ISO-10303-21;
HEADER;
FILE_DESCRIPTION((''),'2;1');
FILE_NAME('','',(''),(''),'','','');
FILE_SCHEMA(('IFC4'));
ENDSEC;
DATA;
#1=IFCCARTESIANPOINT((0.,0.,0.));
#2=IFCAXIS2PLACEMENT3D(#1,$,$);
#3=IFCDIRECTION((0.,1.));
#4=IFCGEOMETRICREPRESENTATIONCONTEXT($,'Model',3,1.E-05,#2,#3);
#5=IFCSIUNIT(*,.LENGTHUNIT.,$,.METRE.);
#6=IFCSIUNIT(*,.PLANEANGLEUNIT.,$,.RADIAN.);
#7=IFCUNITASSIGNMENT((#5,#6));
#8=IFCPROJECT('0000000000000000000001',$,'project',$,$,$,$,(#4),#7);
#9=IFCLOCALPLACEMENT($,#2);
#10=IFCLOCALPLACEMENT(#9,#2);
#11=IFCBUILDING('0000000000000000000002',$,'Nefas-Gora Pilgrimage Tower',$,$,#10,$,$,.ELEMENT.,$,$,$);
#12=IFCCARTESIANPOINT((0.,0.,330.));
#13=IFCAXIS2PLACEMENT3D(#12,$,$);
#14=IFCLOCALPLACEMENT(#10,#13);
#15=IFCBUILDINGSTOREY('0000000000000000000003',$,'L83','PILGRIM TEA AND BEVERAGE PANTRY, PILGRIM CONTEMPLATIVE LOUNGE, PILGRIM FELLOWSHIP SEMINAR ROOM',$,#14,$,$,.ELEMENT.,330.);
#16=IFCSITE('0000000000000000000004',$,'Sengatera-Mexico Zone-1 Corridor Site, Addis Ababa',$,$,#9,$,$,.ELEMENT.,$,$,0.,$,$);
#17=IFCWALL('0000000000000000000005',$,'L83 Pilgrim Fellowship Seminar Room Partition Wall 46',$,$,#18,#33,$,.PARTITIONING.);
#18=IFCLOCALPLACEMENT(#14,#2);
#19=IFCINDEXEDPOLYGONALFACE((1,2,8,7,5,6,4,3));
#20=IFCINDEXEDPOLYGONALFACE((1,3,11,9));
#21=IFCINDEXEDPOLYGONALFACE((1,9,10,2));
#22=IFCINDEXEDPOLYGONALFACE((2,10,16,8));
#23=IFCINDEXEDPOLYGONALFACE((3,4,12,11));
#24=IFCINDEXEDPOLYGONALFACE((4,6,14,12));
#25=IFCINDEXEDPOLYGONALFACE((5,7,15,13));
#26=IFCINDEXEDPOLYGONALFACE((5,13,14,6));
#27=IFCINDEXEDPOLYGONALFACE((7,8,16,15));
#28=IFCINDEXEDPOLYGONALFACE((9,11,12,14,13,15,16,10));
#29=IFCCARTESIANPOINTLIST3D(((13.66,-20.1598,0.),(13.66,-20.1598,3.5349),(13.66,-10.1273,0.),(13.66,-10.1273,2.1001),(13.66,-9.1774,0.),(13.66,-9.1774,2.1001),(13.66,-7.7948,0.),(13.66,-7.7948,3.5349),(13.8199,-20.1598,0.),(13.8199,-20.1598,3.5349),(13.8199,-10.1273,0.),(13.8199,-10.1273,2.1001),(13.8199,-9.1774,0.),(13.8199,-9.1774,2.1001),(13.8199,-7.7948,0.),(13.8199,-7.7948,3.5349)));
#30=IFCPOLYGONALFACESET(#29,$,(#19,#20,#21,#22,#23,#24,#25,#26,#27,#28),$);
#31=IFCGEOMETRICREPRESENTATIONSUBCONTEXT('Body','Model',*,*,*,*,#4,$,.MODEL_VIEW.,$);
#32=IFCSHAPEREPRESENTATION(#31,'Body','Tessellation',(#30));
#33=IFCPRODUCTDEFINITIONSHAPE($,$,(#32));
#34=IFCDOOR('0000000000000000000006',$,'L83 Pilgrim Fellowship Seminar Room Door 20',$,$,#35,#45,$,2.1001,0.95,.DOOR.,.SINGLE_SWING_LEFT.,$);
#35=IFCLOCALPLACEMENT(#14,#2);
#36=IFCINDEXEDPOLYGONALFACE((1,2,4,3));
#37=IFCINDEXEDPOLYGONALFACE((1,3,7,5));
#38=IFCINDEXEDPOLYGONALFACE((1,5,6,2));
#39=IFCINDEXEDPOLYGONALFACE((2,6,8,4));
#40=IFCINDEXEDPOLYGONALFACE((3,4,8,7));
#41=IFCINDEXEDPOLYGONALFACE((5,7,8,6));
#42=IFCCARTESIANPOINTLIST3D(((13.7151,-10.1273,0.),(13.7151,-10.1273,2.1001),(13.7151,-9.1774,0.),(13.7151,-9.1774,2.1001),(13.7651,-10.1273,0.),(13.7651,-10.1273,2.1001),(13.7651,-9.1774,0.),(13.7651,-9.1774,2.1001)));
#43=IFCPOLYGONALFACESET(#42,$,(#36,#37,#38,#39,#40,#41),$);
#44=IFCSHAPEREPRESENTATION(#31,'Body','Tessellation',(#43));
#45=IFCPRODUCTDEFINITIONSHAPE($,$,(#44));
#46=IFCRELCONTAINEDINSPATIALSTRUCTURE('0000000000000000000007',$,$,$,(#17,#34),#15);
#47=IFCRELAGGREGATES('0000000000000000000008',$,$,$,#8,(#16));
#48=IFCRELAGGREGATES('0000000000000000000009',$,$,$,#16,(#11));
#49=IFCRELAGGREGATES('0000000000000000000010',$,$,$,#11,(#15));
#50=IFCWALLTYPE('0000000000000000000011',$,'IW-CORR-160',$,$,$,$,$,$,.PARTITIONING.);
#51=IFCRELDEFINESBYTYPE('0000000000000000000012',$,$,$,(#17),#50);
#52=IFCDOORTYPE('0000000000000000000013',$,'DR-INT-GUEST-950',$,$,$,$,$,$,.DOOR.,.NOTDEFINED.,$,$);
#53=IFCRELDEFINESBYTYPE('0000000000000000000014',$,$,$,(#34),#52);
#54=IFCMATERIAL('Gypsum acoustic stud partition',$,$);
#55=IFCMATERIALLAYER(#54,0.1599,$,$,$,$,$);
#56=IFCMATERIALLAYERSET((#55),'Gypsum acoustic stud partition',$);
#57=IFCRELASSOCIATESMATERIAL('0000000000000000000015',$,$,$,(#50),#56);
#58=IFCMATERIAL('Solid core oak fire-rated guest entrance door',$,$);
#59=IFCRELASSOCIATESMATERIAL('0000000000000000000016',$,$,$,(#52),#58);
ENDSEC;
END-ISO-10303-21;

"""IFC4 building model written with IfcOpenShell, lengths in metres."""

from ifc_helpers import new_model, si_unit, direction, frame, frame_2d, origin, place, context, subcontext, project, spatial, rectangle, extrude, source, transform, mapped, material, layer, layer_set, type_object, element, fill, save


model = new_model("IFC4")

# Units and contexts
model_context = context("Model", 3, precision=1e-05, world=origin(), true_north=direction((0.0, 1.0)))
body_context = subcontext(model_context, "Body", "Model", "MODEL_VIEW")
ifc_project = project(units=[si_unit("LENGTHUNIT", "METRE"), si_unit("PLANEANGLEUNIT", "RADIAN")], contexts=[model_context])

# Site, building, storey
site_placement = place(None, origin())
site = spatial("IfcSite", under=ifc_project, at=site_placement, Name="Sengatera-Mexico Zone-1 Corridor Site, Addis Ababa", CompositionType="ELEMENT", RefElevation=0.0)
building_placement = place(site_placement, origin())
building = spatial("IfcBuilding", under=site, at=building_placement, Name="Nefas-Gora Pilgrimage Tower", CompositionType="ELEMENT")
storey_placement = place(building_placement, frame((0.0, 0.0, 330.0)))
storey = spatial("IfcBuildingStorey", under=building, at=storey_placement, Name="L83", Description="PILGRIM TEA AND BEVERAGE PANTRY, PILGRIM CONTEMPLATIVE LOUNGE, PILGRIM FELLOWSHIP SEMINAR ROOM", CompositionType="ELEMENT", Elevation=330.0)

# Wall, opening, door
ifc_material_1 = material(Name="Gypsum acoustic stud partition")
ifc_layer_1 = layer(ifc_material_1, 0.1599)
ifc_layer_set_1 = layer_set([ifc_layer_1], Name="Gypsum acoustic stud partition")
wall_type_1 = type_object("IfcWallType", Name="IW-CORR-160", PredefinedType="PARTITIONING", material=ifc_layer_set_1)
shared_shape_1 = source(origin(), body_context, "Body", "SweptSolid", [
    extrude(rectangle(XDim=12.365, YDim=0.1599, at=frame_2d((6.1826, 0.0))), origin(), (0.0, 0.0, 1.0), 3.5349),
])
wall_1_placement = place(storey_placement, frame((13.74, -20.1599, 0.0), z_axis=(0.0, 0.0, 1.0), x_axis=(0.0, 1.0, 0.0)))
wall_1 = element("IfcWall", 1, at=wall_1_placement, inside=storey, type_object=wall_type_1, Name="L83 Pilgrim Fellowship Seminar Room Partition Wall 46", PredefinedType="PARTITIONING", context=body_context, shape_type="MappedRepresentation", body=[
    mapped(shared_shape_1, transform((0.0, 0.0, 0.0), x_axis=(1.0, 0.0, 0.0), y_axis=(0.0, 1.0, 0.0), z_axis=(0.0, 0.0, 1.0), scale=1.0)),
])
opening_1_placement = place(wall_1_placement, frame((10.0325, 0.0, 0.0)))
opening_1 = element("IfcOpeningElement", 2, at=opening_1_placement, cuts=wall_1, PredefinedType="OPENING", context=body_context, shape_type="SweptSolid", body=[
    extrude(rectangle(XDim=0.95, YDim=2.1001, at=frame_2d((0.4751, 1.05))), frame((0.0, 0.0898, 0.0), z_axis=(0.0, -1.0, 0.0), x_axis=(1.0, 0.0, 0.0)), (0.0, 0.0, 1.0), 0.1799),
])
ifc_material_2 = material(Name="Solid core oak fire-rated guest entrance door")
door_type = type_object("IfcDoorType", Name="DR-INT-GUEST-950", OperationType="NOTDEFINED", PredefinedType="DOOR", material=ifc_material_2)
shared_shape_2 = source(origin(), body_context, "Body", "SweptSolid", [
    extrude(rectangle(XDim=0.95, YDim=2.1001, at=frame_2d((0.4751, 1.05))), frame((0.0, 0.0249, 0.0), z_axis=(0.0, -1.0, 0.0), x_axis=(1.0, 0.0, 0.0)), (0.0, 0.0, 1.0), 0.05),
])
door_placement = place(opening_1_placement, origin())
door = element("IfcDoor", 3, at=door_placement, inside=storey, type_object=door_type, Name="L83 Pilgrim Fellowship Seminar Room Door 20", OperationType="SINGLE_SWING_LEFT", OverallHeight=2.1001, OverallWidth=0.95, PredefinedType="DOOR", context=body_context, shape_type="MappedRepresentation", body=[
    mapped(shared_shape_2, transform((0.0, 0.0, 0.0), x_axis=(1.0, 0.0, 0.0), y_axis=(0.0, 1.0, 0.0), z_axis=(0.0, 0.0, 1.0), scale=1.0)),
])
fill(opening_1, door)

save(model, "model.ifc")
